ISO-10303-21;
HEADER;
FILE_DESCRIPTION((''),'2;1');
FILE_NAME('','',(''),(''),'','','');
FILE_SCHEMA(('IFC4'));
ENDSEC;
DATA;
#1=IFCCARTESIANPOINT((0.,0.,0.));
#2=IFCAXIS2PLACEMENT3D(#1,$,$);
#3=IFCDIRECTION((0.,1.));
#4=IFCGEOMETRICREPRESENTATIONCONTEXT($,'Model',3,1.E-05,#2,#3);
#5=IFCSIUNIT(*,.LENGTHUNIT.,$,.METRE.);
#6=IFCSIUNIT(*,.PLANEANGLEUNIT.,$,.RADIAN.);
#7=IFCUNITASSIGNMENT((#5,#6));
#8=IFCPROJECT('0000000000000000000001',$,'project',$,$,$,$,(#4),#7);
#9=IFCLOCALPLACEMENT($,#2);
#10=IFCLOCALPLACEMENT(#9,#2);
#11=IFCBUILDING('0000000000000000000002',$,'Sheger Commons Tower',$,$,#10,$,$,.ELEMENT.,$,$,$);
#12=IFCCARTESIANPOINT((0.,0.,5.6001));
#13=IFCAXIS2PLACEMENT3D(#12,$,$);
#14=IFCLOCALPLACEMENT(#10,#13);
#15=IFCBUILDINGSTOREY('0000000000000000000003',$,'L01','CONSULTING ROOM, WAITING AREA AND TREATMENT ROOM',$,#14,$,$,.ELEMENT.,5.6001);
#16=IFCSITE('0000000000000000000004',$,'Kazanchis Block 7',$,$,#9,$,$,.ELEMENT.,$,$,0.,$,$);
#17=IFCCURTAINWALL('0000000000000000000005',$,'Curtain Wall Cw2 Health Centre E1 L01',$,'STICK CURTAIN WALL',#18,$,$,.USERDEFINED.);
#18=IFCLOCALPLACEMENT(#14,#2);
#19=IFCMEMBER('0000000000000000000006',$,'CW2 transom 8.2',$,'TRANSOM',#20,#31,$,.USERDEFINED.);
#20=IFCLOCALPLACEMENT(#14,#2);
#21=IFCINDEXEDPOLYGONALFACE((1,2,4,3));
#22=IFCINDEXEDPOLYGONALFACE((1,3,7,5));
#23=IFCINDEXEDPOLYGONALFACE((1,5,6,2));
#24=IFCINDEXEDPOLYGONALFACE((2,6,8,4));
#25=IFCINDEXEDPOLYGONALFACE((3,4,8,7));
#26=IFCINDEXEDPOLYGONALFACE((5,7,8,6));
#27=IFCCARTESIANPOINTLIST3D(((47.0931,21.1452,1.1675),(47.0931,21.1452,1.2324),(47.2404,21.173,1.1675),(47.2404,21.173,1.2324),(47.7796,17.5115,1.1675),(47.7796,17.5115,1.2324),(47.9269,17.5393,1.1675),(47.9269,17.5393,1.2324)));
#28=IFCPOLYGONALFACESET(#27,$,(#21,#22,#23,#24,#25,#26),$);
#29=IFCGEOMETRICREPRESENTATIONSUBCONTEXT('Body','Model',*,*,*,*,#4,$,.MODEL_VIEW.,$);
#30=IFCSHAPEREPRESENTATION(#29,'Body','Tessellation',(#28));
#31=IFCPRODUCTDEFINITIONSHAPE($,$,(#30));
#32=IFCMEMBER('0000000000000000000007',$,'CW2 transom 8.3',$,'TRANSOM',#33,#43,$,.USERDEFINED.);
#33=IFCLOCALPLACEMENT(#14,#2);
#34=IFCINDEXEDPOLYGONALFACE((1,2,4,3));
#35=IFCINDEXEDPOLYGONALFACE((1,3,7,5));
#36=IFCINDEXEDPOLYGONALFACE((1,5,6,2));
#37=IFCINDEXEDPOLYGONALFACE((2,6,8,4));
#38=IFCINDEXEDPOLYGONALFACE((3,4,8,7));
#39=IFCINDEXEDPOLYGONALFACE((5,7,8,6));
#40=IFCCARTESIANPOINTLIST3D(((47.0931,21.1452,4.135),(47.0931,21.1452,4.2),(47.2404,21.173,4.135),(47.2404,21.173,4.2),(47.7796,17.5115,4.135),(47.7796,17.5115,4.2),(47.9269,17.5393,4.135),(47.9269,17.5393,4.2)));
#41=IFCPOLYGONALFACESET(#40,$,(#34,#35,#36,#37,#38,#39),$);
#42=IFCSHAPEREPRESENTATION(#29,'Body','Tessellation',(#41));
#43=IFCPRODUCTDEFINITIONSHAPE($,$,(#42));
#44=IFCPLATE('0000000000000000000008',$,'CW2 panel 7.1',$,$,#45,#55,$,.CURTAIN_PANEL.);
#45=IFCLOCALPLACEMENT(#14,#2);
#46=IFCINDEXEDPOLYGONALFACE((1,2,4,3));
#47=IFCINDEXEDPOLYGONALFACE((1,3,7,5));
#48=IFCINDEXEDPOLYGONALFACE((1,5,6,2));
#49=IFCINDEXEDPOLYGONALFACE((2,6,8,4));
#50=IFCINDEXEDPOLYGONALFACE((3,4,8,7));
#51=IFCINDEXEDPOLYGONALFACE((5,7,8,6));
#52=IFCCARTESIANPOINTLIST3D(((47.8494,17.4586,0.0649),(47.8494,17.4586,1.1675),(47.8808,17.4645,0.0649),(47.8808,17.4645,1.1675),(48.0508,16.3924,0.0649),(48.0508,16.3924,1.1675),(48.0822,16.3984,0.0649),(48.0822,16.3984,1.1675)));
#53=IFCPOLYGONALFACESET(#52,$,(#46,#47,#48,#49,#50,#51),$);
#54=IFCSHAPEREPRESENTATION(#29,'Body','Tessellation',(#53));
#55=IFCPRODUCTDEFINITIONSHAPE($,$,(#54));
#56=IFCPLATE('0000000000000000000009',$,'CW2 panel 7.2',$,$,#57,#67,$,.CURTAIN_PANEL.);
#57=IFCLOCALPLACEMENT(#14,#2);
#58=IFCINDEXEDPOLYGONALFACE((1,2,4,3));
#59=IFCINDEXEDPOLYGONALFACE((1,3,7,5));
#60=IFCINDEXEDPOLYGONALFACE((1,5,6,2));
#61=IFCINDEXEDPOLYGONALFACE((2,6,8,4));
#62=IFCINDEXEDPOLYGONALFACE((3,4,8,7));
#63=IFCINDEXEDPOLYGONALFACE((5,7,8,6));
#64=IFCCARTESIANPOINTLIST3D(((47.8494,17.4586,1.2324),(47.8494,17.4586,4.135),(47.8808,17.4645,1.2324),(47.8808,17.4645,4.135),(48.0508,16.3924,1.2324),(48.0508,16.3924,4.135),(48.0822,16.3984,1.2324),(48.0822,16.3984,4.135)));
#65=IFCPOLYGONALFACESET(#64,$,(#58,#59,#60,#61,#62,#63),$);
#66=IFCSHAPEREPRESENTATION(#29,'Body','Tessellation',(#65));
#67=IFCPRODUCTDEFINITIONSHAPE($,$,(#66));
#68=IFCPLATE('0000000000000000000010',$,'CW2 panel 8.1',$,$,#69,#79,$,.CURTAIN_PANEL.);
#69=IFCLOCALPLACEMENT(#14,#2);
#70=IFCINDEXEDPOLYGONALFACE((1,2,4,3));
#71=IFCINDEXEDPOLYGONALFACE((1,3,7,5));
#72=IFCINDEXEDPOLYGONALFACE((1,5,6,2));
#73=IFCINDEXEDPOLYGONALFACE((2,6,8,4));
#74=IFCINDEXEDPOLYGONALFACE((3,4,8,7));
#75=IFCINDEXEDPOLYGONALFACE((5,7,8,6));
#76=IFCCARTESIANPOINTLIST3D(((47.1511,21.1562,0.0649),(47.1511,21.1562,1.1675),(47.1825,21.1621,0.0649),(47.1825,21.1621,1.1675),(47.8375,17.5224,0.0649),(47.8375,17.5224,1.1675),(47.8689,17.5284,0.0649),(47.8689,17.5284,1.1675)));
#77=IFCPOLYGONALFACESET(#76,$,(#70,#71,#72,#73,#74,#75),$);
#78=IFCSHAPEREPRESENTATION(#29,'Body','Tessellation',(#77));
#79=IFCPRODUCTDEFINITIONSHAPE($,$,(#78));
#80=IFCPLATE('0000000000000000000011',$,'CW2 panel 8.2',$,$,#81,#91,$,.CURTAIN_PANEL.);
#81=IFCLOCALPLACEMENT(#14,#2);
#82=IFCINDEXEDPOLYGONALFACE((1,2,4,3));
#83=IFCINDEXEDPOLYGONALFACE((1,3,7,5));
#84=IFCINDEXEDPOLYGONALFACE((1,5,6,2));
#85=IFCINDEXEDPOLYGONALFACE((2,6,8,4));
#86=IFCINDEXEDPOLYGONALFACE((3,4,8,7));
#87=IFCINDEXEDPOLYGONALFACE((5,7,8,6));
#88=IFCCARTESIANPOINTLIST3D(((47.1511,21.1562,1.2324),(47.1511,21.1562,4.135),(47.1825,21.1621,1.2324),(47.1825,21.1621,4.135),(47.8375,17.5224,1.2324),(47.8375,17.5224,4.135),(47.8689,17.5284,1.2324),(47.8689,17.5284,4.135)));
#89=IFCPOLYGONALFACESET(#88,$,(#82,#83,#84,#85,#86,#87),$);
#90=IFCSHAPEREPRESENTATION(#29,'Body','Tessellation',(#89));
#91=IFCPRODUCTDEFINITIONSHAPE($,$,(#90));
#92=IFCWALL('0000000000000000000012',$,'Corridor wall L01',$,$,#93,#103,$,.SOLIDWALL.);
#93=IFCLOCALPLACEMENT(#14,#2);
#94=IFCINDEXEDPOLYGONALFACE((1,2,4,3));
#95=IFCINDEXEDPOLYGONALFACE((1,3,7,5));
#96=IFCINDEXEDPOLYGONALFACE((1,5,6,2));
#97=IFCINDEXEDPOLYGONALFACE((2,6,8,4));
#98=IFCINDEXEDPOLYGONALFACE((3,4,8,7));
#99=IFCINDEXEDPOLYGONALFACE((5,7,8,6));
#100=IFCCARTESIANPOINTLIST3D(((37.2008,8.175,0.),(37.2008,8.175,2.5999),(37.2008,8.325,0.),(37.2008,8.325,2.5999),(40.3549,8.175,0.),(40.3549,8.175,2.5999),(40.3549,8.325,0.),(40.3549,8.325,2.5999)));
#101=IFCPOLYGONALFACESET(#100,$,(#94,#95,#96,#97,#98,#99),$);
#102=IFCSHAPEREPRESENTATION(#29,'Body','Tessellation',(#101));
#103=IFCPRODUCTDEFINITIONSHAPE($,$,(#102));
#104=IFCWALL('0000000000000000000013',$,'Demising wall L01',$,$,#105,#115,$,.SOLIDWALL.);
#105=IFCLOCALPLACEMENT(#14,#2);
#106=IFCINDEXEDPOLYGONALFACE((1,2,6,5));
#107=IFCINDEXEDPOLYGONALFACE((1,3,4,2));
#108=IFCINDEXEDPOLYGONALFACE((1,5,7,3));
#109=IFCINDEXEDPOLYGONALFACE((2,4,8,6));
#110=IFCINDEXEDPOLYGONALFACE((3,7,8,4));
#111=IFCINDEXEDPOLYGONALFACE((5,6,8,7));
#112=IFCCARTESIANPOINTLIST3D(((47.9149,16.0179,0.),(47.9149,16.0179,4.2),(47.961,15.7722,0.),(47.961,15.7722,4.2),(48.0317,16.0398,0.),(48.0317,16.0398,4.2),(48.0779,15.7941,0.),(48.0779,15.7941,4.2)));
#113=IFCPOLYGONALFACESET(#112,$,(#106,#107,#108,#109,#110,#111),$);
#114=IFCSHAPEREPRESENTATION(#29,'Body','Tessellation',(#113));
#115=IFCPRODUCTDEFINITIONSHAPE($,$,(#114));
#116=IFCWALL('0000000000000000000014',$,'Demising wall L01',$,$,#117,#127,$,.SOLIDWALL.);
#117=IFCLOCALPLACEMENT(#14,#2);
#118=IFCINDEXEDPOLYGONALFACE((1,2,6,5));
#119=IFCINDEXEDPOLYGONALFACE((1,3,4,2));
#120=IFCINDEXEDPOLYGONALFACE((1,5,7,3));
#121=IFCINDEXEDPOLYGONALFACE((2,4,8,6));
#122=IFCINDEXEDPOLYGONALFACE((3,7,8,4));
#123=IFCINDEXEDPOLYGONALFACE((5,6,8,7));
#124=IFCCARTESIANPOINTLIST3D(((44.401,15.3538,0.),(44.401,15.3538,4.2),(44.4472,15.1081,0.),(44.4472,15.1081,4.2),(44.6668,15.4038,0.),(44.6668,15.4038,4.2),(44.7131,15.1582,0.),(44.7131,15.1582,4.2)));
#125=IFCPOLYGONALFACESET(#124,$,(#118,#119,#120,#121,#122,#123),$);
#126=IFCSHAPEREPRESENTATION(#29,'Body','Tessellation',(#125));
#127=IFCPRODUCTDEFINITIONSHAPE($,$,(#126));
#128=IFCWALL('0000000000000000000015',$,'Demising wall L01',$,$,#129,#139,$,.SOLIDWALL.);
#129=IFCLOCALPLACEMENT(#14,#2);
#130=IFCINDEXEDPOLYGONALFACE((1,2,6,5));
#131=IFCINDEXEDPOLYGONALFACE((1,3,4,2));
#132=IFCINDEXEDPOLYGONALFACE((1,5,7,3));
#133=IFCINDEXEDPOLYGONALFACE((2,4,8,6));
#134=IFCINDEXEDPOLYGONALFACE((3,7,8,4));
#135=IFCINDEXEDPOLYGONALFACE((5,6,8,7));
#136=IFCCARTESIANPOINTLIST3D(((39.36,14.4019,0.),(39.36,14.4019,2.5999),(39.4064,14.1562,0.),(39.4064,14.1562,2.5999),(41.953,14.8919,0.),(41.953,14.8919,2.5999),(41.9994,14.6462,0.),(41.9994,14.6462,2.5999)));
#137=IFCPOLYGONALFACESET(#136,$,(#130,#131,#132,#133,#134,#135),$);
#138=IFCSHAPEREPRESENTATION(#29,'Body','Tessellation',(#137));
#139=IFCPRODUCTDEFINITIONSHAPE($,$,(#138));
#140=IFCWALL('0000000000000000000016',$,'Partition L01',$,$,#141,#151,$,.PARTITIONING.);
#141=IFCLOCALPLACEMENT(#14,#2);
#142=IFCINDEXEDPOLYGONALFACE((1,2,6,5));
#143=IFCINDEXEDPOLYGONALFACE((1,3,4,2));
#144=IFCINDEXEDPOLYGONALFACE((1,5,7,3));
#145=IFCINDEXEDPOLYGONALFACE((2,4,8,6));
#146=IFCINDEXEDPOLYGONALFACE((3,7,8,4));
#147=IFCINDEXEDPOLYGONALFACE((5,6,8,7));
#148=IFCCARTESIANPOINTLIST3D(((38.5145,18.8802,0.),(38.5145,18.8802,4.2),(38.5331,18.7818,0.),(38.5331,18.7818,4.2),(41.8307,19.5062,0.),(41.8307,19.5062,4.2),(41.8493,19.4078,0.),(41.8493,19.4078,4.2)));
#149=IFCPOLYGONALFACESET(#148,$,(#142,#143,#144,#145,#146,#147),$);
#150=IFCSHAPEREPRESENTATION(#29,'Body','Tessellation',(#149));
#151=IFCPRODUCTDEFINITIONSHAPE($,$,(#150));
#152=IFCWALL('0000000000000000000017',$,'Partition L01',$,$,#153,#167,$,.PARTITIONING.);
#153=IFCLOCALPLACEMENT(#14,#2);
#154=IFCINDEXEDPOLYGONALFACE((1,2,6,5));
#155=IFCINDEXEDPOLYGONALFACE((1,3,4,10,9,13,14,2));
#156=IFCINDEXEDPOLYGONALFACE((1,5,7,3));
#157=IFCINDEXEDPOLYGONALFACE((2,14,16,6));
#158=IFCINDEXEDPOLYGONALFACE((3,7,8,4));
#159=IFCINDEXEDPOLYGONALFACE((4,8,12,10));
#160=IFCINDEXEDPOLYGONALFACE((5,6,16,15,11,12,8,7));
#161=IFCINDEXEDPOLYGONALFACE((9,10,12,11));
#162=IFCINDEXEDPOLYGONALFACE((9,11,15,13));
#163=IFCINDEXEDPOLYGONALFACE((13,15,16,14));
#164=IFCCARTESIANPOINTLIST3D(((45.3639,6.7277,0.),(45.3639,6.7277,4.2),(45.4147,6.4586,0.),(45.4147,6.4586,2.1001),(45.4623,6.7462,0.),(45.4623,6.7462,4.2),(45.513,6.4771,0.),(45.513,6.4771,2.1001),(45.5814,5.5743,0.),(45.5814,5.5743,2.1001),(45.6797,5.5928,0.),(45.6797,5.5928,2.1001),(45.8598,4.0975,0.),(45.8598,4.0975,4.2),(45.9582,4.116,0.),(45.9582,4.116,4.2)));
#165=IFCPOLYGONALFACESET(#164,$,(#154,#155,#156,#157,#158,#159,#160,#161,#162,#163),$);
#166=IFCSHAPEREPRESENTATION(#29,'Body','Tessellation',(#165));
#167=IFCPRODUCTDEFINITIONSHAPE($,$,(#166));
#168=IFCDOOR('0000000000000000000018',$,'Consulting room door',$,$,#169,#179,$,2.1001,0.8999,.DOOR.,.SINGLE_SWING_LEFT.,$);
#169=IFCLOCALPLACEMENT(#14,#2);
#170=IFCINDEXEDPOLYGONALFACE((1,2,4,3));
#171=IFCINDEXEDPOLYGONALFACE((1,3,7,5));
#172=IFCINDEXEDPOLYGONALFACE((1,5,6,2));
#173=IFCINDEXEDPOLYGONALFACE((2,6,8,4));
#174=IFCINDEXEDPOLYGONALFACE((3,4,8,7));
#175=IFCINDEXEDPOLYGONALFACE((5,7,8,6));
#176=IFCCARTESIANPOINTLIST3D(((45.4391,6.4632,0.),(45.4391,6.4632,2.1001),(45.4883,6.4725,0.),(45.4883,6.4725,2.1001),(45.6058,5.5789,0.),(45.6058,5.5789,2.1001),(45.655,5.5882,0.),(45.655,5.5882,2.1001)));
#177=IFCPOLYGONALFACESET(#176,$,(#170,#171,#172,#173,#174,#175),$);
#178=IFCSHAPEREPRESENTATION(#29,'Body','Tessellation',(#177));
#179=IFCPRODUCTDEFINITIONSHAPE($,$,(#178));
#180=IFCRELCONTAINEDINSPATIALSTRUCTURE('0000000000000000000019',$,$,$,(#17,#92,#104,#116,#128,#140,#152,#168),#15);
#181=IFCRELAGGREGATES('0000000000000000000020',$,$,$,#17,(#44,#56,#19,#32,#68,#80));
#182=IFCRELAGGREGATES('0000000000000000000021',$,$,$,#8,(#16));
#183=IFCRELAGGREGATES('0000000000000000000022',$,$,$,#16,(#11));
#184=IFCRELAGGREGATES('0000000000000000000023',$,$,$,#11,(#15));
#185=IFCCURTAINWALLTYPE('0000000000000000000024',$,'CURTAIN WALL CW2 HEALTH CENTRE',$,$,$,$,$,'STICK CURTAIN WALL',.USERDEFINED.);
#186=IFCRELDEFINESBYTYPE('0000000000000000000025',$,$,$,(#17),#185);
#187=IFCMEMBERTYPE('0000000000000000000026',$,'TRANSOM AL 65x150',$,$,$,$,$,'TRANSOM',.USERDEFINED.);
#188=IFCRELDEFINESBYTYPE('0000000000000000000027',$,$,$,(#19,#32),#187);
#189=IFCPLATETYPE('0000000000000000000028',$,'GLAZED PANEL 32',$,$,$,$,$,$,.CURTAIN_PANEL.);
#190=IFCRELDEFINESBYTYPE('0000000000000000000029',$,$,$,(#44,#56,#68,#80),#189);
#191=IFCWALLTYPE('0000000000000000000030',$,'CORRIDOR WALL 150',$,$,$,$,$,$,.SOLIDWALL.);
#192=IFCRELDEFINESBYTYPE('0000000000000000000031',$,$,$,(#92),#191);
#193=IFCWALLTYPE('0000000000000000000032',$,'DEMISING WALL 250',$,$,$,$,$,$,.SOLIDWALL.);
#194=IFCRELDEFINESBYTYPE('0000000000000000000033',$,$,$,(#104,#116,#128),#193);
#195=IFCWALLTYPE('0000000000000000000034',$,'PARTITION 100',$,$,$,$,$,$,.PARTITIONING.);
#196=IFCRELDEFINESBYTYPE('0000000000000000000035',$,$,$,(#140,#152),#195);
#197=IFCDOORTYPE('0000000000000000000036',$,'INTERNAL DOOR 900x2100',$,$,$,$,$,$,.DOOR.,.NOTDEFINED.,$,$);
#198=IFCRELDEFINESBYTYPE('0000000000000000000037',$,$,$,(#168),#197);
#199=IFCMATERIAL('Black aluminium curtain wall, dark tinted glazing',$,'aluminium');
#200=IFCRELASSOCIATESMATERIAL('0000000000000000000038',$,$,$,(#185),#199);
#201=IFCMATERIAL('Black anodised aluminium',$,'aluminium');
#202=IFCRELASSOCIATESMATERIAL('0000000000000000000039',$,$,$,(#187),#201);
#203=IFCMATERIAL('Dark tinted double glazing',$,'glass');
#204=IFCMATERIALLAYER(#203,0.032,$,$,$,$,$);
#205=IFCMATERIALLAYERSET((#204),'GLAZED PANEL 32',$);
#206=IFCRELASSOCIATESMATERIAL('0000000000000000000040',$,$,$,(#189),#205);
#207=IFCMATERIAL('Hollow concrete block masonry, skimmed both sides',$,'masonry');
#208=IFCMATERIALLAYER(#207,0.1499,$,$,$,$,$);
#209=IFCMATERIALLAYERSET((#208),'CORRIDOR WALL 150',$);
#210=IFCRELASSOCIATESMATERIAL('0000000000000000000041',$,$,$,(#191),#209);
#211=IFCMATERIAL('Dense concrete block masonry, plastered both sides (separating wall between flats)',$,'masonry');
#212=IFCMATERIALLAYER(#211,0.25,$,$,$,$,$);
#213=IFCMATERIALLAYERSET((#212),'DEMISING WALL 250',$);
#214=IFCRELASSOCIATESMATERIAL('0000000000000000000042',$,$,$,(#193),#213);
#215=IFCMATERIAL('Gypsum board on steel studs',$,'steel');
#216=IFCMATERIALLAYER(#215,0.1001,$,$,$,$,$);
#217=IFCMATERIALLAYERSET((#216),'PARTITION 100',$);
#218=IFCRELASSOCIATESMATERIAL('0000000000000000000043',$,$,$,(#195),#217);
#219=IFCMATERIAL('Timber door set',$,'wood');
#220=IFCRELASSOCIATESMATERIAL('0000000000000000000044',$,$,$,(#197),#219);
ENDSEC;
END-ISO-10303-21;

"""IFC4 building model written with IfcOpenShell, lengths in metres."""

from ifc_helpers import new_model, si_unit, direction, frame, frame_2d, origin, origin_2d, place, context, subcontext, project, spatial, rectangle, extrude, material, layer, layer_set, material_profile, profile_set, type_object, element, fill, aggregate, save


model = new_model("IFC4")

# Units and contexts
model_context = context("Model", 3, precision=1e-05, world=origin(), true_north=direction((0.0, 1.0)))
body_context = subcontext(model_context, "Body", "Model", "MODEL_VIEW")
ifc_project = project(units=[si_unit("LENGTHUNIT", "METRE"), si_unit("PLANEANGLEUNIT", "RADIAN")], contexts=[model_context])

# Site, building, storey
site_placement = place(None, origin())
site = spatial("IfcSite", under=ifc_project, at=site_placement, Name="Kazanchis Block 7", CompositionType="ELEMENT", RefElevation=0.0)
building_placement = place(site_placement, origin())
building = spatial("IfcBuilding", under=site, at=building_placement, Name="Sheger Commons Tower", CompositionType="ELEMENT")
storey_placement = place(building_placement, frame((0.0, 0.0, 5.6001)))
storey = spatial("IfcBuildingStorey", under=building, at=storey_placement, Name="L01", Description="CONSULTING ROOM, WAITING AREA AND TREATMENT ROOM", CompositionType="ELEMENT", Elevation=5.6001)

# Curtain wall
ifc_material_1 = material(Name="Black aluminium curtain wall, dark tinted glazing", Category="aluminium")
curtain_wall_type = type_object("IfcCurtainWallType", Name="CURTAIN WALL CW2 HEALTH CENTRE", ElementType="STICK CURTAIN WALL", PredefinedType="USERDEFINED", material=ifc_material_1)
curtain_wall_placement = place(storey_placement, origin())
curtain_wall = element("IfcCurtainWall", 1, at=curtain_wall_placement, inside=storey, type_object=curtain_wall_type, Name="Curtain Wall Cw2 Health Centre E1 L01", ObjectType="STICK CURTAIN WALL", PredefinedType="USERDEFINED")

# Members
ifc_material_2 = material(Name="Black anodised aluminium", Category="aluminium")
ifc_material_profile_1 = material_profile(ifc_material_2, rectangle(XDim=0.1499, YDim=0.0649, at=origin_2d()), Name="AL 65x150")
ifc_profile_set_1 = profile_set([ifc_material_profile_1], Name="Black anodised aluminium")
member_type_1 = type_object("IfcMemberType", Name="TRANSOM AL 65x150", ElementType="TRANSOM", PredefinedType="USERDEFINED", material=ifc_profile_set_1)
member_1_placement = place(storey_placement, frame((47.8533, 17.5254, 1.2), z_axis=(-0.185644, 0.982617, 0.0), x_axis=(-0.982617, -0.185644, 0.0)))
member_1 = element("IfcMember", 2, at=member_1_placement, type_object=member_type_1, Name="CW2 transom 8.2", ObjectType="TRANSOM", PredefinedType="USERDEFINED", context=body_context, shape_type="SweptSolid", body=[
    extrude(rectangle(XDim=0.1499, YDim=0.0649, at=origin_2d()), origin(), (0.0, 0.0, 1.0), 3.698),
])
member_2_placement = place(storey_placement, frame((47.8533, 17.5254, 4.1675), z_axis=(-0.185644, 0.982617, 0.0), x_axis=(-0.982617, -0.185644, 0.0)))
member_2 = element("IfcMember", 3, at=member_2_placement, type_object=member_type_1, Name="CW2 transom 8.3", ObjectType="TRANSOM", PredefinedType="USERDEFINED", context=body_context, shape_type="SweptSolid", body=[
    extrude(rectangle(XDim=0.1499, YDim=0.0649, at=origin_2d()), origin(), (0.0, 0.0, 1.0), 3.698),
])

# Plates
ifc_material_3 = material(Name="Dark tinted double glazing", Category="glass")
ifc_layer_1 = layer(ifc_material_3, 0.032)
ifc_layer_set_1 = layer_set([ifc_layer_1], Name="GLAZED PANEL 32")
plate_type = type_object("IfcPlateType", Name="GLAZED PANEL 32", PredefinedType="CURTAIN_PANEL", material=ifc_layer_set_1)
plate_1_placement = place(storey_placement, frame((47.9658, 16.9285, 0.0649), z_axis=(0.0, 0.0, 1.0), x_axis=(-0.18561, 0.982624, 0.0)))
plate_1 = element("IfcPlate", 4, at=plate_1_placement, type_object=plate_type, Name="CW2 panel 7.1", PredefinedType="CURTAIN_PANEL", context=body_context, shape_type="SweptSolid", body=[
    extrude(rectangle(XDim=1.085, YDim=0.032, at=origin_2d()), origin(), (0.0, 0.0, 1.0), 1.1025),
])
plate_2_placement = place(storey_placement, frame((47.9658, 16.9285, 1.2324), z_axis=(0.0, 0.0, 1.0), x_axis=(-0.18561, 0.982624, 0.0)))
plate_2 = element("IfcPlate", 5, at=plate_2_placement, type_object=plate_type, Name="CW2 panel 7.2", PredefinedType="CURTAIN_PANEL", context=body_context, shape_type="SweptSolid", body=[
    extrude(rectangle(XDim=1.085, YDim=0.032, at=origin_2d()), origin(), (0.0, 0.0, 1.0), 2.9026),
])
plate_3_placement = place(storey_placement, frame((47.51, 19.3423, 0.0649), z_axis=(0.0, 0.0, 1.0), x_axis=(-0.18561, 0.982624, 0.0)))
plate_3 = element("IfcPlate", 6, at=plate_3_placement, type_object=plate_type, Name="CW2 panel 8.1", PredefinedType="CURTAIN_PANEL", context=body_context, shape_type="SweptSolid", body=[
    extrude(rectangle(XDim=3.698, YDim=0.032, at=origin_2d()), origin(), (0.0, 0.0, 1.0), 1.1025),
])
plate_4_placement = place(storey_placement, frame((47.51, 19.3423, 1.2324), z_axis=(0.0, 0.0, 1.0), x_axis=(-0.18561, 0.982624, 0.0)))
plate_4 = element("IfcPlate", 7, at=plate_4_placement, type_object=plate_type, Name="CW2 panel 8.2", PredefinedType="CURTAIN_PANEL", context=body_context, shape_type="SweptSolid", body=[
    extrude(rectangle(XDim=3.698, YDim=0.032, at=origin_2d()), origin(), (0.0, 0.0, 1.0), 2.9026),
])
aggregate(curtain_wall, [plate_1, plate_2, member_1, member_2, plate_3, plate_4])

# Walls
ifc_material_4 = material(Name="Hollow concrete block masonry, skimmed both sides", Category="masonry")
ifc_layer_2 = layer(ifc_material_4, 0.1499)
ifc_layer_set_2 = layer_set([ifc_layer_2], Name="CORRIDOR WALL 150")
wall_type_1 = type_object("IfcWallType", Name="CORRIDOR WALL 150", PredefinedType="SOLIDWALL", material=ifc_layer_set_2)
wall_1_placement = place(storey_placement, frame((40.355, 8.25, 0.0), z_axis=(0.0, 0.0, 1.0), x_axis=(-1.0, 0.0, 0.0)))
element("IfcWall", 8, at=wall_1_placement, inside=storey, type_object=wall_type_1, Name="Corridor wall L01", PredefinedType="SOLIDWALL", context=body_context, shape_type="SweptSolid", body=[
    extrude(rectangle(XDim=3.1541, YDim=0.1499, at=frame_2d((1.5771, 0.0))), origin(), (0.0, 0.0, 1.0), 2.5999),
])
ifc_material_5 = material(Name="Dense concrete block masonry, plastered both sides (separating wall between flats)", Category="masonry")
ifc_layer_3 = layer(ifc_material_5, 0.25)
ifc_layer_set_3 = layer_set([ifc_layer_3], Name="DEMISING WALL 250")
wall_type_2 = type_object("IfcWallType", Name="DEMISING WALL 250", PredefinedType="SOLIDWALL", material=ifc_layer_set_3)
wall_2_placement = place(storey_placement, frame((48.0549, 15.917, 0.0), z_axis=(0.0, 0.0, 1.0), x_axis=(-0.982802, -0.18466, 0.0)))
element("IfcWall", 9, at=wall_2_placement, inside=storey, type_object=wall_type_2, Name="Demising wall L01", PredefinedType="SOLIDWALL", context=body_context, shape_type="SweptSolid", body=[
    extrude(rectangle(XDim=0.1189, YDim=0.25, at=frame_2d((0.0596, 0.0))), origin(), (0.0, 0.0, 1.0), 4.2),
])
wall_3_placement = place(storey_placement, frame((44.6899, 15.281, 0.0), z_axis=(0.0, 0.0, 1.0), x_axis=(-0.982739, -0.184997, 0.0)))
element("IfcWall", 10, at=wall_3_placement, inside=storey, type_object=wall_type_2, Name="Demising wall L01", PredefinedType="SOLIDWALL", context=body_context, shape_type="SweptSolid", body=[
    extrude(rectangle(XDim=0.2705, YDim=0.25, at=frame_2d((0.1353, 0.0))), origin(), (0.0, 0.0, 1.0), 4.2),
])
wall_4_placement = place(storey_placement, frame((41.9761, 14.769, 0.0), z_axis=(0.0, 0.0, 1.0), x_axis=(-0.98261, -0.185679, 0.0)))
element("IfcWall", 11, at=wall_4_placement, inside=storey, type_object=wall_type_2, Name="Demising wall L01", PredefinedType="SOLIDWALL", context=body_context, shape_type="SweptSolid", body=[
    extrude(rectangle(XDim=2.6389, YDim=0.25, at=frame_2d((1.3193, 0.0))), origin(), (0.0, 0.0, 1.0), 2.5999),
])
ifc_material_6 = material(Name="Gypsum board on steel studs", Category="steel")
ifc_layer_4 = layer(ifc_material_6, 0.1001)
ifc_layer_set_4 = layer_set([ifc_layer_4], Name="PARTITION 100")
wall_type_3 = type_object("IfcWallType", Name="PARTITION 100", PredefinedType="PARTITIONING", material=ifc_layer_set_4)
wall_5_placement = place(storey_placement, frame((41.8401, 19.457, 0.0), z_axis=(0.0, 0.0, 1.0), x_axis=(-0.982646, -0.18549, 0.0)))
element("IfcWall", 12, at=wall_5_placement, inside=storey, type_object=wall_type_3, Name="Partition L01", PredefinedType="PARTITIONING", context=body_context, shape_type="SweptSolid", body=[
    extrude(rectangle(XDim=3.3748, YDim=0.1001, at=frame_2d((1.6875, 0.0))), origin(), (0.0, 0.0, 1.0), 4.2),
])

# Wall, opening, door
wall_6_placement = place(storey_placement, frame((45.4131, 6.7371, 0.0), z_axis=(0.0, 0.0, 1.0), x_axis=(0.185263, -0.982689, 0.0)))
wall_6 = element("IfcWall", 13, at=wall_6_placement, inside=storey, type_object=wall_type_3, Name="Partition L01", PredefinedType="PARTITIONING", context=body_context, shape_type="SweptSolid", body=[
    extrude(rectangle(XDim=2.6765, YDim=0.1001, at=frame_2d((1.3384, 0.0))), origin(), (0.0, 0.0, 1.0), 4.2),
])
opening_1_placement = place(wall_6_placement, frame((0.2739, 0.0, 0.0)))
opening_1 = element("IfcOpeningElement", 14, at=opening_1_placement, cuts=wall_6, PredefinedType="OPENING", context=body_context, shape_type="SweptSolid", body=[
    extrude(rectangle(XDim=0.8999, YDim=2.1001, at=frame_2d((0.45, 1.05))), frame((0.0, 0.0601, 0.0), z_axis=(0.0, -1.0, 0.0), x_axis=(1.0, 0.0, 0.0)), (0.0, 0.0, 1.0), 0.1201),
])
ifc_material_7 = material(Name="Timber door set", Category="wood")
door_type_1 = type_object("IfcDoorType", Name="INTERNAL DOOR 900x2100", OperationType="NOTDEFINED", PredefinedType="DOOR", material=ifc_material_7)
door_1_placement = place(opening_1_placement, origin())
door_1 = element("IfcDoor", 15, at=door_1_placement, inside=storey, type_object=door_type_1, Name="Consulting room door", OperationType="SINGLE_SWING_LEFT", OverallHeight=2.1001, OverallWidth=0.8999, PredefinedType="DOOR", context=body_context, shape_type="SweptSolid", body=[
    extrude(rectangle(XDim=0.8999, YDim=2.1001, at=frame_2d((0.45, 1.05))), frame((0.0, 0.0249, 0.0), z_axis=(0.0, -1.0, 0.0), x_axis=(1.0, 0.0, 0.0)), (0.0, 0.0, 1.0), 0.05),
])
fill(opening_1, door_1)

save(model, "model.ifc")
